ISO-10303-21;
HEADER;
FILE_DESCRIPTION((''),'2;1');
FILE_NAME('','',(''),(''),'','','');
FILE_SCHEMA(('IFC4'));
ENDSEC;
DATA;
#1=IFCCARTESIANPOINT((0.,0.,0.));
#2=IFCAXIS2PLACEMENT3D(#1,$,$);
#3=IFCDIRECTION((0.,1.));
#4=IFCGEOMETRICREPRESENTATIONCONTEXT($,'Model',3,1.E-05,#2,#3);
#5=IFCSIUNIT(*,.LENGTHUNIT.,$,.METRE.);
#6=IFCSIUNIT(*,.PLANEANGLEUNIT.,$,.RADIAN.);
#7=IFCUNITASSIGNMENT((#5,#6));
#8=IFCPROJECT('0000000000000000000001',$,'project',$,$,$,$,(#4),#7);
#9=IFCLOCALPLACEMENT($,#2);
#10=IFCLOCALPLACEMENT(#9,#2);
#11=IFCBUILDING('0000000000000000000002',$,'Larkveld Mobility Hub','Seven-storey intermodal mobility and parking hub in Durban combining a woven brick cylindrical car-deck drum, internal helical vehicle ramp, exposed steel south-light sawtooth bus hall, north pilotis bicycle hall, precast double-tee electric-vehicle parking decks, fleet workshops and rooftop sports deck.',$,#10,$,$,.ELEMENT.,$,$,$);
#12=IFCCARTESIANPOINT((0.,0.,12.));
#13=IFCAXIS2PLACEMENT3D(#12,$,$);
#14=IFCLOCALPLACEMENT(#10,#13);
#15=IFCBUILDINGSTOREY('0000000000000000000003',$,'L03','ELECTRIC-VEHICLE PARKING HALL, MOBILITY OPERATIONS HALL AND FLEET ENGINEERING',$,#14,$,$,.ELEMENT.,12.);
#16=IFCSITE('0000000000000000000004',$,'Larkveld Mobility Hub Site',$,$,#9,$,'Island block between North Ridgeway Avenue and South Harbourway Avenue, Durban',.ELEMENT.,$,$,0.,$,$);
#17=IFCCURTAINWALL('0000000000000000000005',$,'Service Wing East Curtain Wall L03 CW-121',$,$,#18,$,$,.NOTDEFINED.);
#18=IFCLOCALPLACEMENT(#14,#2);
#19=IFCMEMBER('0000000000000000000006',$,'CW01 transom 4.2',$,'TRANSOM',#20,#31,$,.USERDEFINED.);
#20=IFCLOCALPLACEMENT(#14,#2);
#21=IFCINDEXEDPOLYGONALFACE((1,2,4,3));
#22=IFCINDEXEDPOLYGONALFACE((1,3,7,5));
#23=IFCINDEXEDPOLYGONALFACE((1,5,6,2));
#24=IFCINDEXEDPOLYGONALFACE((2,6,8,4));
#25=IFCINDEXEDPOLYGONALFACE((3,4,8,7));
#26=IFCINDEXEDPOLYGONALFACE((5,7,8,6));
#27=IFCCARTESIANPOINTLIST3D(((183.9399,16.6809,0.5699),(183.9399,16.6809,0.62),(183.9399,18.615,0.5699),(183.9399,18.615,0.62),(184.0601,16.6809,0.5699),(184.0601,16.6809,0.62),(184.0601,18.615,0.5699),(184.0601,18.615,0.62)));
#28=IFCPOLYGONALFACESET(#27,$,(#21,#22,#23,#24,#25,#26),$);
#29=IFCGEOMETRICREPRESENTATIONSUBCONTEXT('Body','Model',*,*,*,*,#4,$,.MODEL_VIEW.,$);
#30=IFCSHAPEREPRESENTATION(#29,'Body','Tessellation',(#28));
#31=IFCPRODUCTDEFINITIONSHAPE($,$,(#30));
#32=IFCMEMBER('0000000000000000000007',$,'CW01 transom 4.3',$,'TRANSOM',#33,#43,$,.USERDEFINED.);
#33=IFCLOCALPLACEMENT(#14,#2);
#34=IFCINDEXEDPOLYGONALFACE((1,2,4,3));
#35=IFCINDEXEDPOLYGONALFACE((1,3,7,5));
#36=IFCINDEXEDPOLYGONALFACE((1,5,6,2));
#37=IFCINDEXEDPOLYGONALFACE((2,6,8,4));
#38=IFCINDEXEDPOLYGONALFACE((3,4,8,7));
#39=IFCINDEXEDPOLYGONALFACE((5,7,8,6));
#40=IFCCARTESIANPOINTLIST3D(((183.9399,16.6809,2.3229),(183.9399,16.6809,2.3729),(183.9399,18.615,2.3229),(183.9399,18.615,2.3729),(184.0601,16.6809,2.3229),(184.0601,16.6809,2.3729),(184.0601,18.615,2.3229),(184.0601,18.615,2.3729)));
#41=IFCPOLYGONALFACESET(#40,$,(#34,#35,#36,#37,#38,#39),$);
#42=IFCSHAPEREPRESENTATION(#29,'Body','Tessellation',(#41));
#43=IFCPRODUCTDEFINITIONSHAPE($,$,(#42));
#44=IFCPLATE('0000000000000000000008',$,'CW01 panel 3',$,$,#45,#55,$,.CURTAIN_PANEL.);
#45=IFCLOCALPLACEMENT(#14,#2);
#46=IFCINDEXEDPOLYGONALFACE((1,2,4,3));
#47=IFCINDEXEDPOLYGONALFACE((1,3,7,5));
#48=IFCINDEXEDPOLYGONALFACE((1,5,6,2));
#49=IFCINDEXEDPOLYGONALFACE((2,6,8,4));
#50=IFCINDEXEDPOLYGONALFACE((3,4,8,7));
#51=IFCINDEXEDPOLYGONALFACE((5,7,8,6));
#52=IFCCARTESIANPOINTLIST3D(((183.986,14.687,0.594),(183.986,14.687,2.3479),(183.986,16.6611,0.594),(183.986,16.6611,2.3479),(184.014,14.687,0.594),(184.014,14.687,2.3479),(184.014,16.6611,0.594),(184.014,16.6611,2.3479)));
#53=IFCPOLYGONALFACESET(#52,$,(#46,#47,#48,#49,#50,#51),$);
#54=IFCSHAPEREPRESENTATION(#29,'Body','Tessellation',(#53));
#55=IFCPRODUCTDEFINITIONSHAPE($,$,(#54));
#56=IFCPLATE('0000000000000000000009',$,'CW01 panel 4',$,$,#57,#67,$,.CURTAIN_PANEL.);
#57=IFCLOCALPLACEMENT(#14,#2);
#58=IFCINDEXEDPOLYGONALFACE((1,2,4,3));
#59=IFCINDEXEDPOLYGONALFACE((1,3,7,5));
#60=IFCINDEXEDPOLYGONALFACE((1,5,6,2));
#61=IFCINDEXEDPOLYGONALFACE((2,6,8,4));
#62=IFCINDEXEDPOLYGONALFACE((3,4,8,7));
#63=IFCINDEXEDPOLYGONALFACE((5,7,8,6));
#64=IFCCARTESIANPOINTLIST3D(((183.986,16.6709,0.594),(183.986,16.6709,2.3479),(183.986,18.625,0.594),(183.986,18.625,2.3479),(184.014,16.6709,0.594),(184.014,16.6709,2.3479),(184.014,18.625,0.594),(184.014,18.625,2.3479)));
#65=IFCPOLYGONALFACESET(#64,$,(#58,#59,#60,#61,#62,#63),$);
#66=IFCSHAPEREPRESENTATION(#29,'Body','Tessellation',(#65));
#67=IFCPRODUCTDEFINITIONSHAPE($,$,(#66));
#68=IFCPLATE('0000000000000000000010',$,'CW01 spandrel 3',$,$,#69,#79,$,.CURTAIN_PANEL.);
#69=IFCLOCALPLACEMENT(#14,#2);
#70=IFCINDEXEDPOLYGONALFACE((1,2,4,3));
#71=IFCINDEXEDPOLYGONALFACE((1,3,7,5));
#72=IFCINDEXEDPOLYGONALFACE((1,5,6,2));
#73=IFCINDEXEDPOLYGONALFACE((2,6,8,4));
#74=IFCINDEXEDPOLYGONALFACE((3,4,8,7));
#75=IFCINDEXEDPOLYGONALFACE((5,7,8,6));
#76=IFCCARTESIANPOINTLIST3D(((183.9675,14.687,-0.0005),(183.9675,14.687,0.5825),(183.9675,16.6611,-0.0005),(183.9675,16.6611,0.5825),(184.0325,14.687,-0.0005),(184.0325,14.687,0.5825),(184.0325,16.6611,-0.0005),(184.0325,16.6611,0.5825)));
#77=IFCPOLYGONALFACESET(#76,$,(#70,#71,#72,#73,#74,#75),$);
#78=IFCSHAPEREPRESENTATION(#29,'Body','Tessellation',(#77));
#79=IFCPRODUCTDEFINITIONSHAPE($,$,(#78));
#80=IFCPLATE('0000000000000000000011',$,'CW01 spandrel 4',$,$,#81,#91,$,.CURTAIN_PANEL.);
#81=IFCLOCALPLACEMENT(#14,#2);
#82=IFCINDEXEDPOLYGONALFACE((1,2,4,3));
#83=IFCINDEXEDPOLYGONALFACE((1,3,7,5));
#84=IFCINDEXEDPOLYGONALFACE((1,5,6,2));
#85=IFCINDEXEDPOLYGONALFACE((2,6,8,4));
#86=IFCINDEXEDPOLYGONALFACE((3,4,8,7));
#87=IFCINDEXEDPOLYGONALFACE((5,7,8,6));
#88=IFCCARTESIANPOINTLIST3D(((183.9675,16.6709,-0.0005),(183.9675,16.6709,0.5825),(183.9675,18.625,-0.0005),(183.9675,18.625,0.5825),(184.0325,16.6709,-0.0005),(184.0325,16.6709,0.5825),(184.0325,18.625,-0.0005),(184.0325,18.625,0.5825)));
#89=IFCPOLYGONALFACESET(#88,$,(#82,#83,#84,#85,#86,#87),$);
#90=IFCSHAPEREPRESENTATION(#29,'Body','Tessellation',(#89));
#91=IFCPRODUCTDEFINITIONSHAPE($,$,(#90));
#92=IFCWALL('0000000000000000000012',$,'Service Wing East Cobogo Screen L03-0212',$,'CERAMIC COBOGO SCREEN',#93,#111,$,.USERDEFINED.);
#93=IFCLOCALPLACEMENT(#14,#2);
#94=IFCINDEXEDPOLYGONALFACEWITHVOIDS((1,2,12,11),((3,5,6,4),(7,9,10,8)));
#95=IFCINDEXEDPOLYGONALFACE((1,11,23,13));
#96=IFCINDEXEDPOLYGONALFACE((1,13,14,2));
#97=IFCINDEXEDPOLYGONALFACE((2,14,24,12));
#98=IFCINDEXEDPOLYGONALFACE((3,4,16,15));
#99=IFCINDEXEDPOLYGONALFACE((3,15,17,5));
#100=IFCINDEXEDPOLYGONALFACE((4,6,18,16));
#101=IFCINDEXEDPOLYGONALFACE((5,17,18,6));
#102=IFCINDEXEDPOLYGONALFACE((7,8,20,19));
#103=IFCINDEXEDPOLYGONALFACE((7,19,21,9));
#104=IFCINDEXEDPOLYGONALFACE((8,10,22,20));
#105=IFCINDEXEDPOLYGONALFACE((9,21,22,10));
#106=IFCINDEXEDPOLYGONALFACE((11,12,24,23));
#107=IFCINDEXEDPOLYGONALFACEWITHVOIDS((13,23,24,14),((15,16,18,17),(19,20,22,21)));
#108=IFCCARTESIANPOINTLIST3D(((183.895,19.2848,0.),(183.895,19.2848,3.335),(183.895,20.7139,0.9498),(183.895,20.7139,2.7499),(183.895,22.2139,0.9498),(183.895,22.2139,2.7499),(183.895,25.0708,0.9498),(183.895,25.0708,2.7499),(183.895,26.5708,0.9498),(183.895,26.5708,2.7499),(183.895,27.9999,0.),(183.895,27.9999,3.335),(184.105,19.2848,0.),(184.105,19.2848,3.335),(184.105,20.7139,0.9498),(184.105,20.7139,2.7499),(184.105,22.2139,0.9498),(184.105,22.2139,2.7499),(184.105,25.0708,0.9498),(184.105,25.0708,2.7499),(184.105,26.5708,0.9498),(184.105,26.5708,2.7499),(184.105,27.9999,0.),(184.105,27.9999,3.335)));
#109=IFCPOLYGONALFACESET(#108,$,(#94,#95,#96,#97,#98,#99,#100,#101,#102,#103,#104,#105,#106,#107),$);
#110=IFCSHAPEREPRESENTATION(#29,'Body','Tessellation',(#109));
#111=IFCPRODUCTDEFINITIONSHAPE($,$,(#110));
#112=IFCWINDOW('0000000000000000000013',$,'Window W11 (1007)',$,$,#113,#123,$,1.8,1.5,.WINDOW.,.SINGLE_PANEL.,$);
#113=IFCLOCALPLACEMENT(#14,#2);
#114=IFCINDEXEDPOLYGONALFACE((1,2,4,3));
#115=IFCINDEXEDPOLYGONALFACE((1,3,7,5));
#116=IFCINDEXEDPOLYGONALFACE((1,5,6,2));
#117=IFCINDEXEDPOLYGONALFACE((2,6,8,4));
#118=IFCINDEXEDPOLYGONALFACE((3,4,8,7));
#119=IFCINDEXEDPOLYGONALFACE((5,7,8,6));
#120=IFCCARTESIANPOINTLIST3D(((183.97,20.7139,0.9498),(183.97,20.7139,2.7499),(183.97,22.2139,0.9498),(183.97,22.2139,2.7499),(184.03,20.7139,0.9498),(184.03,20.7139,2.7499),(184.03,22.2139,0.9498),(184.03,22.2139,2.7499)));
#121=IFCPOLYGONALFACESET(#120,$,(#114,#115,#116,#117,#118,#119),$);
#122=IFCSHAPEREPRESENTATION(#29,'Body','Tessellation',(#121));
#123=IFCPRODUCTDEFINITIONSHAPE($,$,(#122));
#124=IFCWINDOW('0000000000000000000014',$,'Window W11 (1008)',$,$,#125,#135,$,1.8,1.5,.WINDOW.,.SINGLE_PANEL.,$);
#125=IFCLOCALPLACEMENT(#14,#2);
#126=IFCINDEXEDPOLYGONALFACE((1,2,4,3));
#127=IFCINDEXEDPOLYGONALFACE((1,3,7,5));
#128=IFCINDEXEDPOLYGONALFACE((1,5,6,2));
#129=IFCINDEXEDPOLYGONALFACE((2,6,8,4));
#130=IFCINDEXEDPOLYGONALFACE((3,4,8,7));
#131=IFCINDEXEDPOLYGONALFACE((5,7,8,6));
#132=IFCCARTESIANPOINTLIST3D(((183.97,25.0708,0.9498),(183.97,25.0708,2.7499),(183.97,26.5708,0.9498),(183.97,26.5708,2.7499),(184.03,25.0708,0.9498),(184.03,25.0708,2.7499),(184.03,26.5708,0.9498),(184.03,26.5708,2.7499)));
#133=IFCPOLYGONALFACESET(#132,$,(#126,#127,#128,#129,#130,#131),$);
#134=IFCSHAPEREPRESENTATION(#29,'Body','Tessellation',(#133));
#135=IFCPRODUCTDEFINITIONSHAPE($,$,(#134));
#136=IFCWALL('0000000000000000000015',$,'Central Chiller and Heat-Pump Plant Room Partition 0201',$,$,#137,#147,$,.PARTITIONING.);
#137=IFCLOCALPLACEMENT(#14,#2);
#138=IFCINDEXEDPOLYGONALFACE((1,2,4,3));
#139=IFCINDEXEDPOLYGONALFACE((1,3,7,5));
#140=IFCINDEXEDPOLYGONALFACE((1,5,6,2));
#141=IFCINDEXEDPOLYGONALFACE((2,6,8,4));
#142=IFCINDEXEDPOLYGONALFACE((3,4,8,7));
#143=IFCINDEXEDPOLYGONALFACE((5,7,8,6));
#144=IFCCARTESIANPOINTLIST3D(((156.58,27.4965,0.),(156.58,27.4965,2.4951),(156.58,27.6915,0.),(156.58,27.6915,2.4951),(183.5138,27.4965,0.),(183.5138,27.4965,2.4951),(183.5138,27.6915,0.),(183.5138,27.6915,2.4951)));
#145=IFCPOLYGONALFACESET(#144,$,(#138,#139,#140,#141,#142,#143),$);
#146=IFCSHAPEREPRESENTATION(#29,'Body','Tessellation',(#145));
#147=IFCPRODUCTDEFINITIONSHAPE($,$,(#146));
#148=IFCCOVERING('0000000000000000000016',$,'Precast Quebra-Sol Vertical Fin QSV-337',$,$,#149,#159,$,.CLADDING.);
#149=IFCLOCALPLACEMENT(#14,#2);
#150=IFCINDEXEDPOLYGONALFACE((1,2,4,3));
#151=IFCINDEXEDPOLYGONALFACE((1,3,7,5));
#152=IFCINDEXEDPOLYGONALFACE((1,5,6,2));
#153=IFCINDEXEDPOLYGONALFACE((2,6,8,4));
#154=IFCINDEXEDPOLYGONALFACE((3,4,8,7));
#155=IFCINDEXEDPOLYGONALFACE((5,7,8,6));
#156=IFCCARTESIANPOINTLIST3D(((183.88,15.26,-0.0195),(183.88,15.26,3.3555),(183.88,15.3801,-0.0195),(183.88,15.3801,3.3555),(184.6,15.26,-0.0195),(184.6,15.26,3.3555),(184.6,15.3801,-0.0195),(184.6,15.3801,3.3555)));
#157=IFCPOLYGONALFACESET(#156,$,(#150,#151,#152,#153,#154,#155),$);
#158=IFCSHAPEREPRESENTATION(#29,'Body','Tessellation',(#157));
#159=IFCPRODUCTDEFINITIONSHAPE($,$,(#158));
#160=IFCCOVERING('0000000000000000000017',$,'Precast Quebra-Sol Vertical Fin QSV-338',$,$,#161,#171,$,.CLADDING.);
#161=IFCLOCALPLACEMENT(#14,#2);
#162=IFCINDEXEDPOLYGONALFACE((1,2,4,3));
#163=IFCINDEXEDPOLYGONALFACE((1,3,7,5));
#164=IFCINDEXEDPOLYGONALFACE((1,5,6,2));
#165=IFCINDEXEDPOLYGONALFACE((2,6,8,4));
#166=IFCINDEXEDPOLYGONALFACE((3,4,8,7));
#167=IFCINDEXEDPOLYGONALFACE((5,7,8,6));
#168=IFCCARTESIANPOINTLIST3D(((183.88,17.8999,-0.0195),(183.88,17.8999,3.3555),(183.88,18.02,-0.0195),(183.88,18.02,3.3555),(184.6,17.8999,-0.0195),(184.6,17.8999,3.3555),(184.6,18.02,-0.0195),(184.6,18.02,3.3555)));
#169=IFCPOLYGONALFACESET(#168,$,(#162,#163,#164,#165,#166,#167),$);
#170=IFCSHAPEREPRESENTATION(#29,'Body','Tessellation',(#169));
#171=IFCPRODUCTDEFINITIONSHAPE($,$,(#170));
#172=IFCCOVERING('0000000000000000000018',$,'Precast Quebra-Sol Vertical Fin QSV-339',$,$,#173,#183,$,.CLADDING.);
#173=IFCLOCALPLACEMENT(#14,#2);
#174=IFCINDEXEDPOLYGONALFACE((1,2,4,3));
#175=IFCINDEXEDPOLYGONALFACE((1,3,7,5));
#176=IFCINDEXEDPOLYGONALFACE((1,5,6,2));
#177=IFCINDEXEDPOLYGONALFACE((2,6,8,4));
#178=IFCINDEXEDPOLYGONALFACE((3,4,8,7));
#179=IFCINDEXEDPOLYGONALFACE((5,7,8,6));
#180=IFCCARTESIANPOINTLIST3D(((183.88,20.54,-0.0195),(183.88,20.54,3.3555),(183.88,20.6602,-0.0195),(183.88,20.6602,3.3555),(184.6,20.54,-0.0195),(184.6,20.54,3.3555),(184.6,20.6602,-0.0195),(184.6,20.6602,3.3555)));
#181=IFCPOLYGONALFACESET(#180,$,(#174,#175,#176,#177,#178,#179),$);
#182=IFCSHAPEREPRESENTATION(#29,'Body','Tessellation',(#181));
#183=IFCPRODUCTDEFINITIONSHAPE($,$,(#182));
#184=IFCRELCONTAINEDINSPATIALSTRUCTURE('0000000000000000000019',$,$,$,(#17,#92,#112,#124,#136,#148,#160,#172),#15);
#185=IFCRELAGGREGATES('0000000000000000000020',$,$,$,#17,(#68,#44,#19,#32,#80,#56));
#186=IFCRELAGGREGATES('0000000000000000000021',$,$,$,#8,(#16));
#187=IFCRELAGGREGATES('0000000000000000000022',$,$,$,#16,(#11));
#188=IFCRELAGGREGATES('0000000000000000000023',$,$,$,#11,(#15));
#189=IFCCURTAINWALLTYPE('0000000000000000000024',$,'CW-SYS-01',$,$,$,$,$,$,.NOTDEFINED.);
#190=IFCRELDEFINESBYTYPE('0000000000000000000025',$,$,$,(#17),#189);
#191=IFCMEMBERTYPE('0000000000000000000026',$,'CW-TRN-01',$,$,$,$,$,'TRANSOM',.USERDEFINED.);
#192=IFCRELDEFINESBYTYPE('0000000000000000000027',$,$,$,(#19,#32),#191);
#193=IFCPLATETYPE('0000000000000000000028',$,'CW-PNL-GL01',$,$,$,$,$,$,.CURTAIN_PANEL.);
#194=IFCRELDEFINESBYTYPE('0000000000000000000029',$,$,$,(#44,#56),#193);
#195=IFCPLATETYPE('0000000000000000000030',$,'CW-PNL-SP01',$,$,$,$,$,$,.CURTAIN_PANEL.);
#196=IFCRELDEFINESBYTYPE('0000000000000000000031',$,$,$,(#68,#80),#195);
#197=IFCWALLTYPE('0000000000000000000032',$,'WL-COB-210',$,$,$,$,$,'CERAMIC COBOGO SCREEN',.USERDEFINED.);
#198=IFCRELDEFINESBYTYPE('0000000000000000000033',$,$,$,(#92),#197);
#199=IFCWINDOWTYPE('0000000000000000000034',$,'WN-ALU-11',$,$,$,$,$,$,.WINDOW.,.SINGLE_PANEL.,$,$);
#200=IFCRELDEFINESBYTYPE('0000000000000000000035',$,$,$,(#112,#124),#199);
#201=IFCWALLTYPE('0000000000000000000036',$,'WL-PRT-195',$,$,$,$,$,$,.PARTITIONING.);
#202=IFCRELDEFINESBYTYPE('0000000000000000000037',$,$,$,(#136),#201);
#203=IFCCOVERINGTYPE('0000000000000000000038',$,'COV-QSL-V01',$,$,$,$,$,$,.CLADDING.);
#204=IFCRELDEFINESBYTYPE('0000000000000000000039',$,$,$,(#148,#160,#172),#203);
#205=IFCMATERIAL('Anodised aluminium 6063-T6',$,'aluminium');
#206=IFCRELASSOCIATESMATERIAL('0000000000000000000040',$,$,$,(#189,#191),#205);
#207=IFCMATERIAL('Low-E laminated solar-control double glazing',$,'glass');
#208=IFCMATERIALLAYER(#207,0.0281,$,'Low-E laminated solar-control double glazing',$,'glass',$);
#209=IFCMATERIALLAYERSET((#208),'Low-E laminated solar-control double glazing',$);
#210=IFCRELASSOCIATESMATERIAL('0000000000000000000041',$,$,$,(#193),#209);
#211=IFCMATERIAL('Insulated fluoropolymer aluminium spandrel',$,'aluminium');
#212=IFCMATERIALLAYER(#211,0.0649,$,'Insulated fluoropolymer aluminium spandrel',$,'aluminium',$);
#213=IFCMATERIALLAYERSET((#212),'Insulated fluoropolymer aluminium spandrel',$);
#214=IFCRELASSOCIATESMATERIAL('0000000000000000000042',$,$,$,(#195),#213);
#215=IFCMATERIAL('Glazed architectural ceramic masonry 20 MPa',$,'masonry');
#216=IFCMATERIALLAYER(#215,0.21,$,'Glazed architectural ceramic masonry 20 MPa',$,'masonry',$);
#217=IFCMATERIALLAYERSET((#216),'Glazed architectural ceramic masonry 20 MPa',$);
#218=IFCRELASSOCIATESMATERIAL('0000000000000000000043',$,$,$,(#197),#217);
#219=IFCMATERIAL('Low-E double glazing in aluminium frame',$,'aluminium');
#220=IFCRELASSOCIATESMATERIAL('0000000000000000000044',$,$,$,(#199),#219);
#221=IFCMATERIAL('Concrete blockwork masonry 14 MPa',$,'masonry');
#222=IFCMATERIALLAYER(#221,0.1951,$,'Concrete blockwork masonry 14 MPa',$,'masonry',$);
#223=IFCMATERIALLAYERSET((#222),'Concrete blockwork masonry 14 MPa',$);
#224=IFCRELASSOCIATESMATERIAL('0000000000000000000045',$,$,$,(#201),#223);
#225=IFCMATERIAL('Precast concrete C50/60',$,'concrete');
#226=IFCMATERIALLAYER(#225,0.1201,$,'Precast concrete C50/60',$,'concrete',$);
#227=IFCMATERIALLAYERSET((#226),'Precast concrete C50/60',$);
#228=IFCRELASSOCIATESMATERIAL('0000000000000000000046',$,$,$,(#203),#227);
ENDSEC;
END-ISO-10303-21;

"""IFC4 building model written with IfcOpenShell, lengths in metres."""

from ifc_helpers import new_model, si_unit, direction, frame, frame_2d, origin, origin_2d, place, context, subcontext, project, spatial, rectangle, extrude, material, layer, layer_set, material_profile, profile_set, type_object, element, fill, aggregate, save


model = new_model("IFC4")

# Units and contexts
model_context = context("Model", 3, precision=1e-05, world=origin(), true_north=direction((0.0, 1.0)))
body_context = subcontext(model_context, "Body", "Model", "MODEL_VIEW")
ifc_project = project(units=[si_unit("LENGTHUNIT", "METRE"), si_unit("PLANEANGLEUNIT", "RADIAN")], contexts=[model_context])

# Site, building, storey
site_placement = place(None, origin())
site = spatial("IfcSite", under=ifc_project, at=site_placement, Name="Larkveld Mobility Hub Site", LongName="Island block between North Ridgeway Avenue and South Harbourway Avenue, Durban", CompositionType="ELEMENT", RefElevation=0.0)
building_placement = place(site_placement, origin())
building = spatial("IfcBuilding", under=site, at=building_placement, Name="Larkveld Mobility Hub", Description="Seven-storey intermodal mobility and parking hub in Durban combining a woven brick cylindrical car-deck drum, internal helical vehicle ramp, exposed steel south-light sawtooth bus hall, north pilotis bicycle hall, precast double-tee electric-vehicle parking decks, fleet workshops and rooftop sports deck.", CompositionType="ELEMENT")
storey_placement = place(building_placement, frame((0.0, 0.0, 12.0)))
storey = spatial("IfcBuildingStorey", under=building, at=storey_placement, Name="L03", Description="ELECTRIC-VEHICLE PARKING HALL, MOBILITY OPERATIONS HALL AND FLEET ENGINEERING", CompositionType="ELEMENT", Elevation=12.0)

# Shared definitions
ifc_material_1 = material(Name="Precast concrete C50/60", Category="concrete")

# Curtain wall, members, plates
ifc_material_2 = material(Name="Anodised aluminium 6063-T6", Category="aluminium")
curtain_wall_type = type_object("IfcCurtainWallType", Name="CW-SYS-01", PredefinedType="NOTDEFINED", material=ifc_material_2)
curtain_wall_placement = place(storey_placement, origin())
curtain_wall = element("IfcCurtainWall", 1, at=curtain_wall_placement, inside=storey, type_object=curtain_wall_type, Name="Service Wing East Curtain Wall L03 CW-121", PredefinedType="NOTDEFINED")
ifc_material_profile_1 = material_profile(ifc_material_2, rectangle(XDim=0.1201, YDim=0.05, at=origin_2d()), Name="ALU TRAN 50x120")
ifc_profile_set_1 = profile_set([ifc_material_profile_1], Name="Anodised aluminium 6063-T6")
member_type_1 = type_object("IfcMemberType", Name="CW-TRN-01", ElementType="TRANSOM", PredefinedType="USERDEFINED", material=ifc_profile_set_1)
member_1_placement = place(storey_placement, frame((184.0, 16.6809, 0.595), z_axis=(0.0, 1.0, 0.0), x_axis=(-1.0, 0.0, 0.0)))
member_1 = element("IfcMember", 2, at=member_1_placement, type_object=member_type_1, Name="CW01 transom 4.2", ObjectType="TRANSOM", PredefinedType="USERDEFINED", context=body_context, shape_type="SweptSolid", body=[
    extrude(rectangle(XDim=0.1201, YDim=0.05, at=origin_2d()), origin(), (0.0, 0.0, 1.0), 1.9341),
])
member_2_placement = place(storey_placement, frame((184.0, 16.6809, 2.3479), z_axis=(0.0, 1.0, 0.0), x_axis=(-1.0, 0.0, 0.0)))
member_2 = element("IfcMember", 3, at=member_2_placement, type_object=member_type_1, Name="CW01 transom 4.3", ObjectType="TRANSOM", PredefinedType="USERDEFINED", context=body_context, shape_type="SweptSolid", body=[
    extrude(rectangle(XDim=0.1201, YDim=0.05, at=origin_2d()), origin(), (0.0, 0.0, 1.0), 1.9341),
])
ifc_material_3 = material(Name="Low-E laminated solar-control double glazing", Category="glass")
ifc_layer_1 = layer(ifc_material_3, 0.0281, Name="Low-E laminated solar-control double glazing", Category="glass")
ifc_layer_set_1 = layer_set([ifc_layer_1], Name="Low-E laminated solar-control double glazing")
plate_type_1 = type_object("IfcPlateType", Name="CW-PNL-GL01", PredefinedType="CURTAIN_PANEL", material=ifc_layer_set_1)
plate_1_placement = place(storey_placement, frame((184.0, 15.6741, 0.594), z_axis=(0.0, 0.0, 1.0), x_axis=(0.0, 1.0, 0.0)))
plate_1 = element("IfcPlate", 4, at=plate_1_placement, type_object=plate_type_1, Name="CW01 panel 3", PredefinedType="CURTAIN_PANEL", context=body_context, shape_type="SweptSolid", body=[
    extrude(rectangle(XDim=1.9741, YDim=0.0281, at=origin_2d()), origin(), (0.0, 0.0, 1.0), 1.7539),
])
plate_2_placement = place(storey_placement, frame((184.0, 17.6479, 0.594), z_axis=(0.0, 0.0, 1.0), x_axis=(0.0, 1.0, 0.0)))
plate_2 = element("IfcPlate", 5, at=plate_2_placement, type_object=plate_type_1, Name="CW01 panel 4", PredefinedType="CURTAIN_PANEL", context=body_context, shape_type="SweptSolid", body=[
    extrude(rectangle(XDim=1.9541, YDim=0.0281, at=origin_2d()), origin(), (0.0, 0.0, 1.0), 1.7539),
])
ifc_material_4 = material(Name="Insulated fluoropolymer aluminium spandrel", Category="aluminium")
ifc_layer_2 = layer(ifc_material_4, 0.0649, Name="Insulated fluoropolymer aluminium spandrel", Category="aluminium")
ifc_layer_set_2 = layer_set([ifc_layer_2], Name="Insulated fluoropolymer aluminium spandrel")
plate_type_2 = type_object("IfcPlateType", Name="CW-PNL-SP01", PredefinedType="CURTAIN_PANEL", material=ifc_layer_set_2)
plate_3_placement = place(storey_placement, frame((184.0, 15.6741, -0.0005), z_axis=(0.0, 0.0, 1.0), x_axis=(0.0, 1.0, 0.0)))
plate_3 = element("IfcPlate", 6, at=plate_3_placement, type_object=plate_type_2, Name="CW01 spandrel 3", PredefinedType="CURTAIN_PANEL", context=body_context, shape_type="SweptSolid", body=[
    extrude(rectangle(XDim=1.9741, YDim=0.0649, at=origin_2d()), origin(), (0.0, 0.0, 1.0), 0.583),
])
plate_4_placement = place(storey_placement, frame((184.0, 17.6479, -0.0005), z_axis=(0.0, 0.0, 1.0), x_axis=(0.0, 1.0, 0.0)))
plate_4 = element("IfcPlate", 7, at=plate_4_placement, type_object=plate_type_2, Name="CW01 spandrel 4", PredefinedType="CURTAIN_PANEL", context=body_context, shape_type="SweptSolid", body=[
    extrude(rectangle(XDim=1.9541, YDim=0.0649, at=origin_2d()), origin(), (0.0, 0.0, 1.0), 0.583),
])
aggregate(curtain_wall, [plate_3, plate_1, member_1, member_2, plate_4, plate_2])

# Wall, openings, windows
ifc_material_5 = material(Name="Glazed architectural ceramic masonry 20 MPa", Category="masonry")
ifc_layer_3 = layer(ifc_material_5, 0.21, Name="Glazed architectural ceramic masonry 20 MPa", Category="masonry")
ifc_layer_set_3 = layer_set([ifc_layer_3], Name="Glazed architectural ceramic masonry 20 MPa")
wall_type_1 = type_object("IfcWallType", Name="WL-COB-210", ElementType="CERAMIC COBOGO SCREEN", PredefinedType="USERDEFINED", material=ifc_layer_set_3)
wall_1_placement = place(storey_placement, frame((184.0, 19.2849, 0.0), z_axis=(0.0, 0.0, 1.0), x_axis=(0.0, 1.0, 0.0)))
wall_1 = element("IfcWall", 8, at=wall_1_placement, inside=storey, type_object=wall_type_1, Name="Service Wing East Cobogo Screen L03-0212", ObjectType="CERAMIC COBOGO SCREEN", PredefinedType="USERDEFINED", context=body_context, shape_type="SweptSolid", body=[
    extrude(rectangle(XDim=8.7151, YDim=0.21, at=frame_2d((4.3574, 0.0))), origin(), (0.0, 0.0, 1.0), 3.335),
])
opening_1_placement = place(wall_1_placement, frame((1.429, 0.0, 0.95)))
opening_1 = element("IfcOpeningElement", 9, at=opening_1_placement, cuts=wall_1, PredefinedType="OPENING", context=body_context, shape_type="SweptSolid", body=[
    extrude(rectangle(XDim=1.5, YDim=1.8, at=frame_2d((0.75, 0.8999))), frame((0.0, 0.115, 0.0), z_axis=(0.0, -1.0, 0.0), x_axis=(1.0, 0.0, 0.0)), (0.0, 0.0, 1.0), 0.23),
])
opening_2_placement = place(wall_1_placement, frame((5.7859, 0.0, 0.95)))
opening_2 = element("IfcOpeningElement", 10, at=opening_2_placement, cuts=wall_1, PredefinedType="OPENING", context=body_context, shape_type="SweptSolid", body=[
    extrude(rectangle(XDim=1.5, YDim=1.8, at=frame_2d((0.75, 0.8999))), frame((0.0, 0.115, 0.0), z_axis=(0.0, -1.0, 0.0), x_axis=(1.0, 0.0, 0.0)), (0.0, 0.0, 1.0), 0.23),
])
ifc_material_6 = material(Name="Low-E double glazing in aluminium frame", Category="aluminium")
window_type = type_object("IfcWindowType", Name="WN-ALU-11", PartitioningType="SINGLE_PANEL", PredefinedType="WINDOW", material=ifc_material_6)
window_1_placement = place(opening_1_placement, origin())
window_1 = element("IfcWindow", 11, at=window_1_placement, inside=storey, type_object=window_type, Name="Window W11 (1007)", OverallHeight=1.8, OverallWidth=1.5, PartitioningType="SINGLE_PANEL", PredefinedType="WINDOW", context=body_context, shape_type="SweptSolid", body=[
    extrude(rectangle(XDim=1.5, YDim=1.8, at=frame_2d((0.75, 0.8999))), frame((0.0, 0.03, 0.0), z_axis=(0.0, -1.0, 0.0), x_axis=(1.0, 0.0, 0.0)), (0.0, 0.0, 1.0), 0.0601),
])
fill(opening_1, window_1)
window_2_placement = place(opening_2_placement, origin())
window_2 = element("IfcWindow", 12, at=window_2_placement, inside=storey, type_object=window_type, Name="Window W11 (1008)", OverallHeight=1.8, OverallWidth=1.5, PartitioningType="SINGLE_PANEL", PredefinedType="WINDOW", context=body_context, shape_type="SweptSolid", body=[
    extrude(rectangle(XDim=1.5, YDim=1.8, at=frame_2d((0.75, 0.8999))), frame((0.0, 0.03, 0.0), z_axis=(0.0, -1.0, 0.0), x_axis=(1.0, 0.0, 0.0)), (0.0, 0.0, 1.0), 0.0601),
])
fill(opening_2, window_2)

# Wall
ifc_material_7 = material(Name="Concrete blockwork masonry 14 MPa", Category="masonry")
ifc_layer_4 = layer(ifc_material_7, 0.1951, Name="Concrete blockwork masonry 14 MPa", Category="masonry")
ifc_layer_set_4 = layer_set([ifc_layer_4], Name="Concrete blockwork masonry 14 MPa")
wall_type_2 = type_object("IfcWallType", Name="WL-PRT-195", PredefinedType="PARTITIONING", material=ifc_layer_set_4)
wall_2_placement = place(storey_placement, frame((156.5801, 27.594, 0.0), z_axis=(0.0, 0.0, 1.0), x_axis=(1.0, 0.0, 0.0)))
element("IfcWall", 13, at=wall_2_placement, inside=storey, type_object=wall_type_2, Name="Central Chiller and Heat-Pump Plant Room Partition 0201", PredefinedType="PARTITIONING", context=body_context, shape_type="SweptSolid", body=[
    extrude(rectangle(XDim=26.9338, YDim=0.1951, at=frame_2d((13.4668, 0.0))), origin(), (0.0, 0.0, 1.0), 2.4951),
])

# Coverings
ifc_layer_5 = layer(ifc_material_1, 0.1201, Name="Precast concrete C50/60", Category="concrete")
ifc_layer_set_5 = layer_set([ifc_layer_5], Name="Precast concrete C50/60")
covering_type = type_object("IfcCoveringType", Name="COV-QSL-V01", PredefinedType="CLADDING", material=ifc_layer_set_5)
for number, where, z_axis, x_axis, name in (
    (14, (184.24, 15.3201, -0.0195), (0.0, 0.0, 1.0), (0.0, 1.0, 0.0), "Precast Quebra-Sol Vertical Fin QSV-337"),
    (15, (184.24, 17.96, -0.0195), (0.0, 0.0, 1.0), (0.0, 1.0, 0.0), "Precast Quebra-Sol Vertical Fin QSV-338"),
    (16, (184.24, 20.6001, -0.0195), (0.0, 0.0, 1.0), (0.0, 1.0, 0.0), "Precast Quebra-Sol Vertical Fin QSV-339"),
):
    element("IfcCovering", number, at=place(storey_placement, frame(where, z_axis=z_axis, x_axis=x_axis)), inside=storey, type_object=covering_type, Name=name, PredefinedType="CLADDING", context=body_context, shape_type="SweptSolid", body=[
        extrude(rectangle(XDim=0.1201, YDim=0.72, at=origin_2d()), origin(), (0.0, 0.0, 1.0), 3.375),
    ])

save(model, "model.ifc")
